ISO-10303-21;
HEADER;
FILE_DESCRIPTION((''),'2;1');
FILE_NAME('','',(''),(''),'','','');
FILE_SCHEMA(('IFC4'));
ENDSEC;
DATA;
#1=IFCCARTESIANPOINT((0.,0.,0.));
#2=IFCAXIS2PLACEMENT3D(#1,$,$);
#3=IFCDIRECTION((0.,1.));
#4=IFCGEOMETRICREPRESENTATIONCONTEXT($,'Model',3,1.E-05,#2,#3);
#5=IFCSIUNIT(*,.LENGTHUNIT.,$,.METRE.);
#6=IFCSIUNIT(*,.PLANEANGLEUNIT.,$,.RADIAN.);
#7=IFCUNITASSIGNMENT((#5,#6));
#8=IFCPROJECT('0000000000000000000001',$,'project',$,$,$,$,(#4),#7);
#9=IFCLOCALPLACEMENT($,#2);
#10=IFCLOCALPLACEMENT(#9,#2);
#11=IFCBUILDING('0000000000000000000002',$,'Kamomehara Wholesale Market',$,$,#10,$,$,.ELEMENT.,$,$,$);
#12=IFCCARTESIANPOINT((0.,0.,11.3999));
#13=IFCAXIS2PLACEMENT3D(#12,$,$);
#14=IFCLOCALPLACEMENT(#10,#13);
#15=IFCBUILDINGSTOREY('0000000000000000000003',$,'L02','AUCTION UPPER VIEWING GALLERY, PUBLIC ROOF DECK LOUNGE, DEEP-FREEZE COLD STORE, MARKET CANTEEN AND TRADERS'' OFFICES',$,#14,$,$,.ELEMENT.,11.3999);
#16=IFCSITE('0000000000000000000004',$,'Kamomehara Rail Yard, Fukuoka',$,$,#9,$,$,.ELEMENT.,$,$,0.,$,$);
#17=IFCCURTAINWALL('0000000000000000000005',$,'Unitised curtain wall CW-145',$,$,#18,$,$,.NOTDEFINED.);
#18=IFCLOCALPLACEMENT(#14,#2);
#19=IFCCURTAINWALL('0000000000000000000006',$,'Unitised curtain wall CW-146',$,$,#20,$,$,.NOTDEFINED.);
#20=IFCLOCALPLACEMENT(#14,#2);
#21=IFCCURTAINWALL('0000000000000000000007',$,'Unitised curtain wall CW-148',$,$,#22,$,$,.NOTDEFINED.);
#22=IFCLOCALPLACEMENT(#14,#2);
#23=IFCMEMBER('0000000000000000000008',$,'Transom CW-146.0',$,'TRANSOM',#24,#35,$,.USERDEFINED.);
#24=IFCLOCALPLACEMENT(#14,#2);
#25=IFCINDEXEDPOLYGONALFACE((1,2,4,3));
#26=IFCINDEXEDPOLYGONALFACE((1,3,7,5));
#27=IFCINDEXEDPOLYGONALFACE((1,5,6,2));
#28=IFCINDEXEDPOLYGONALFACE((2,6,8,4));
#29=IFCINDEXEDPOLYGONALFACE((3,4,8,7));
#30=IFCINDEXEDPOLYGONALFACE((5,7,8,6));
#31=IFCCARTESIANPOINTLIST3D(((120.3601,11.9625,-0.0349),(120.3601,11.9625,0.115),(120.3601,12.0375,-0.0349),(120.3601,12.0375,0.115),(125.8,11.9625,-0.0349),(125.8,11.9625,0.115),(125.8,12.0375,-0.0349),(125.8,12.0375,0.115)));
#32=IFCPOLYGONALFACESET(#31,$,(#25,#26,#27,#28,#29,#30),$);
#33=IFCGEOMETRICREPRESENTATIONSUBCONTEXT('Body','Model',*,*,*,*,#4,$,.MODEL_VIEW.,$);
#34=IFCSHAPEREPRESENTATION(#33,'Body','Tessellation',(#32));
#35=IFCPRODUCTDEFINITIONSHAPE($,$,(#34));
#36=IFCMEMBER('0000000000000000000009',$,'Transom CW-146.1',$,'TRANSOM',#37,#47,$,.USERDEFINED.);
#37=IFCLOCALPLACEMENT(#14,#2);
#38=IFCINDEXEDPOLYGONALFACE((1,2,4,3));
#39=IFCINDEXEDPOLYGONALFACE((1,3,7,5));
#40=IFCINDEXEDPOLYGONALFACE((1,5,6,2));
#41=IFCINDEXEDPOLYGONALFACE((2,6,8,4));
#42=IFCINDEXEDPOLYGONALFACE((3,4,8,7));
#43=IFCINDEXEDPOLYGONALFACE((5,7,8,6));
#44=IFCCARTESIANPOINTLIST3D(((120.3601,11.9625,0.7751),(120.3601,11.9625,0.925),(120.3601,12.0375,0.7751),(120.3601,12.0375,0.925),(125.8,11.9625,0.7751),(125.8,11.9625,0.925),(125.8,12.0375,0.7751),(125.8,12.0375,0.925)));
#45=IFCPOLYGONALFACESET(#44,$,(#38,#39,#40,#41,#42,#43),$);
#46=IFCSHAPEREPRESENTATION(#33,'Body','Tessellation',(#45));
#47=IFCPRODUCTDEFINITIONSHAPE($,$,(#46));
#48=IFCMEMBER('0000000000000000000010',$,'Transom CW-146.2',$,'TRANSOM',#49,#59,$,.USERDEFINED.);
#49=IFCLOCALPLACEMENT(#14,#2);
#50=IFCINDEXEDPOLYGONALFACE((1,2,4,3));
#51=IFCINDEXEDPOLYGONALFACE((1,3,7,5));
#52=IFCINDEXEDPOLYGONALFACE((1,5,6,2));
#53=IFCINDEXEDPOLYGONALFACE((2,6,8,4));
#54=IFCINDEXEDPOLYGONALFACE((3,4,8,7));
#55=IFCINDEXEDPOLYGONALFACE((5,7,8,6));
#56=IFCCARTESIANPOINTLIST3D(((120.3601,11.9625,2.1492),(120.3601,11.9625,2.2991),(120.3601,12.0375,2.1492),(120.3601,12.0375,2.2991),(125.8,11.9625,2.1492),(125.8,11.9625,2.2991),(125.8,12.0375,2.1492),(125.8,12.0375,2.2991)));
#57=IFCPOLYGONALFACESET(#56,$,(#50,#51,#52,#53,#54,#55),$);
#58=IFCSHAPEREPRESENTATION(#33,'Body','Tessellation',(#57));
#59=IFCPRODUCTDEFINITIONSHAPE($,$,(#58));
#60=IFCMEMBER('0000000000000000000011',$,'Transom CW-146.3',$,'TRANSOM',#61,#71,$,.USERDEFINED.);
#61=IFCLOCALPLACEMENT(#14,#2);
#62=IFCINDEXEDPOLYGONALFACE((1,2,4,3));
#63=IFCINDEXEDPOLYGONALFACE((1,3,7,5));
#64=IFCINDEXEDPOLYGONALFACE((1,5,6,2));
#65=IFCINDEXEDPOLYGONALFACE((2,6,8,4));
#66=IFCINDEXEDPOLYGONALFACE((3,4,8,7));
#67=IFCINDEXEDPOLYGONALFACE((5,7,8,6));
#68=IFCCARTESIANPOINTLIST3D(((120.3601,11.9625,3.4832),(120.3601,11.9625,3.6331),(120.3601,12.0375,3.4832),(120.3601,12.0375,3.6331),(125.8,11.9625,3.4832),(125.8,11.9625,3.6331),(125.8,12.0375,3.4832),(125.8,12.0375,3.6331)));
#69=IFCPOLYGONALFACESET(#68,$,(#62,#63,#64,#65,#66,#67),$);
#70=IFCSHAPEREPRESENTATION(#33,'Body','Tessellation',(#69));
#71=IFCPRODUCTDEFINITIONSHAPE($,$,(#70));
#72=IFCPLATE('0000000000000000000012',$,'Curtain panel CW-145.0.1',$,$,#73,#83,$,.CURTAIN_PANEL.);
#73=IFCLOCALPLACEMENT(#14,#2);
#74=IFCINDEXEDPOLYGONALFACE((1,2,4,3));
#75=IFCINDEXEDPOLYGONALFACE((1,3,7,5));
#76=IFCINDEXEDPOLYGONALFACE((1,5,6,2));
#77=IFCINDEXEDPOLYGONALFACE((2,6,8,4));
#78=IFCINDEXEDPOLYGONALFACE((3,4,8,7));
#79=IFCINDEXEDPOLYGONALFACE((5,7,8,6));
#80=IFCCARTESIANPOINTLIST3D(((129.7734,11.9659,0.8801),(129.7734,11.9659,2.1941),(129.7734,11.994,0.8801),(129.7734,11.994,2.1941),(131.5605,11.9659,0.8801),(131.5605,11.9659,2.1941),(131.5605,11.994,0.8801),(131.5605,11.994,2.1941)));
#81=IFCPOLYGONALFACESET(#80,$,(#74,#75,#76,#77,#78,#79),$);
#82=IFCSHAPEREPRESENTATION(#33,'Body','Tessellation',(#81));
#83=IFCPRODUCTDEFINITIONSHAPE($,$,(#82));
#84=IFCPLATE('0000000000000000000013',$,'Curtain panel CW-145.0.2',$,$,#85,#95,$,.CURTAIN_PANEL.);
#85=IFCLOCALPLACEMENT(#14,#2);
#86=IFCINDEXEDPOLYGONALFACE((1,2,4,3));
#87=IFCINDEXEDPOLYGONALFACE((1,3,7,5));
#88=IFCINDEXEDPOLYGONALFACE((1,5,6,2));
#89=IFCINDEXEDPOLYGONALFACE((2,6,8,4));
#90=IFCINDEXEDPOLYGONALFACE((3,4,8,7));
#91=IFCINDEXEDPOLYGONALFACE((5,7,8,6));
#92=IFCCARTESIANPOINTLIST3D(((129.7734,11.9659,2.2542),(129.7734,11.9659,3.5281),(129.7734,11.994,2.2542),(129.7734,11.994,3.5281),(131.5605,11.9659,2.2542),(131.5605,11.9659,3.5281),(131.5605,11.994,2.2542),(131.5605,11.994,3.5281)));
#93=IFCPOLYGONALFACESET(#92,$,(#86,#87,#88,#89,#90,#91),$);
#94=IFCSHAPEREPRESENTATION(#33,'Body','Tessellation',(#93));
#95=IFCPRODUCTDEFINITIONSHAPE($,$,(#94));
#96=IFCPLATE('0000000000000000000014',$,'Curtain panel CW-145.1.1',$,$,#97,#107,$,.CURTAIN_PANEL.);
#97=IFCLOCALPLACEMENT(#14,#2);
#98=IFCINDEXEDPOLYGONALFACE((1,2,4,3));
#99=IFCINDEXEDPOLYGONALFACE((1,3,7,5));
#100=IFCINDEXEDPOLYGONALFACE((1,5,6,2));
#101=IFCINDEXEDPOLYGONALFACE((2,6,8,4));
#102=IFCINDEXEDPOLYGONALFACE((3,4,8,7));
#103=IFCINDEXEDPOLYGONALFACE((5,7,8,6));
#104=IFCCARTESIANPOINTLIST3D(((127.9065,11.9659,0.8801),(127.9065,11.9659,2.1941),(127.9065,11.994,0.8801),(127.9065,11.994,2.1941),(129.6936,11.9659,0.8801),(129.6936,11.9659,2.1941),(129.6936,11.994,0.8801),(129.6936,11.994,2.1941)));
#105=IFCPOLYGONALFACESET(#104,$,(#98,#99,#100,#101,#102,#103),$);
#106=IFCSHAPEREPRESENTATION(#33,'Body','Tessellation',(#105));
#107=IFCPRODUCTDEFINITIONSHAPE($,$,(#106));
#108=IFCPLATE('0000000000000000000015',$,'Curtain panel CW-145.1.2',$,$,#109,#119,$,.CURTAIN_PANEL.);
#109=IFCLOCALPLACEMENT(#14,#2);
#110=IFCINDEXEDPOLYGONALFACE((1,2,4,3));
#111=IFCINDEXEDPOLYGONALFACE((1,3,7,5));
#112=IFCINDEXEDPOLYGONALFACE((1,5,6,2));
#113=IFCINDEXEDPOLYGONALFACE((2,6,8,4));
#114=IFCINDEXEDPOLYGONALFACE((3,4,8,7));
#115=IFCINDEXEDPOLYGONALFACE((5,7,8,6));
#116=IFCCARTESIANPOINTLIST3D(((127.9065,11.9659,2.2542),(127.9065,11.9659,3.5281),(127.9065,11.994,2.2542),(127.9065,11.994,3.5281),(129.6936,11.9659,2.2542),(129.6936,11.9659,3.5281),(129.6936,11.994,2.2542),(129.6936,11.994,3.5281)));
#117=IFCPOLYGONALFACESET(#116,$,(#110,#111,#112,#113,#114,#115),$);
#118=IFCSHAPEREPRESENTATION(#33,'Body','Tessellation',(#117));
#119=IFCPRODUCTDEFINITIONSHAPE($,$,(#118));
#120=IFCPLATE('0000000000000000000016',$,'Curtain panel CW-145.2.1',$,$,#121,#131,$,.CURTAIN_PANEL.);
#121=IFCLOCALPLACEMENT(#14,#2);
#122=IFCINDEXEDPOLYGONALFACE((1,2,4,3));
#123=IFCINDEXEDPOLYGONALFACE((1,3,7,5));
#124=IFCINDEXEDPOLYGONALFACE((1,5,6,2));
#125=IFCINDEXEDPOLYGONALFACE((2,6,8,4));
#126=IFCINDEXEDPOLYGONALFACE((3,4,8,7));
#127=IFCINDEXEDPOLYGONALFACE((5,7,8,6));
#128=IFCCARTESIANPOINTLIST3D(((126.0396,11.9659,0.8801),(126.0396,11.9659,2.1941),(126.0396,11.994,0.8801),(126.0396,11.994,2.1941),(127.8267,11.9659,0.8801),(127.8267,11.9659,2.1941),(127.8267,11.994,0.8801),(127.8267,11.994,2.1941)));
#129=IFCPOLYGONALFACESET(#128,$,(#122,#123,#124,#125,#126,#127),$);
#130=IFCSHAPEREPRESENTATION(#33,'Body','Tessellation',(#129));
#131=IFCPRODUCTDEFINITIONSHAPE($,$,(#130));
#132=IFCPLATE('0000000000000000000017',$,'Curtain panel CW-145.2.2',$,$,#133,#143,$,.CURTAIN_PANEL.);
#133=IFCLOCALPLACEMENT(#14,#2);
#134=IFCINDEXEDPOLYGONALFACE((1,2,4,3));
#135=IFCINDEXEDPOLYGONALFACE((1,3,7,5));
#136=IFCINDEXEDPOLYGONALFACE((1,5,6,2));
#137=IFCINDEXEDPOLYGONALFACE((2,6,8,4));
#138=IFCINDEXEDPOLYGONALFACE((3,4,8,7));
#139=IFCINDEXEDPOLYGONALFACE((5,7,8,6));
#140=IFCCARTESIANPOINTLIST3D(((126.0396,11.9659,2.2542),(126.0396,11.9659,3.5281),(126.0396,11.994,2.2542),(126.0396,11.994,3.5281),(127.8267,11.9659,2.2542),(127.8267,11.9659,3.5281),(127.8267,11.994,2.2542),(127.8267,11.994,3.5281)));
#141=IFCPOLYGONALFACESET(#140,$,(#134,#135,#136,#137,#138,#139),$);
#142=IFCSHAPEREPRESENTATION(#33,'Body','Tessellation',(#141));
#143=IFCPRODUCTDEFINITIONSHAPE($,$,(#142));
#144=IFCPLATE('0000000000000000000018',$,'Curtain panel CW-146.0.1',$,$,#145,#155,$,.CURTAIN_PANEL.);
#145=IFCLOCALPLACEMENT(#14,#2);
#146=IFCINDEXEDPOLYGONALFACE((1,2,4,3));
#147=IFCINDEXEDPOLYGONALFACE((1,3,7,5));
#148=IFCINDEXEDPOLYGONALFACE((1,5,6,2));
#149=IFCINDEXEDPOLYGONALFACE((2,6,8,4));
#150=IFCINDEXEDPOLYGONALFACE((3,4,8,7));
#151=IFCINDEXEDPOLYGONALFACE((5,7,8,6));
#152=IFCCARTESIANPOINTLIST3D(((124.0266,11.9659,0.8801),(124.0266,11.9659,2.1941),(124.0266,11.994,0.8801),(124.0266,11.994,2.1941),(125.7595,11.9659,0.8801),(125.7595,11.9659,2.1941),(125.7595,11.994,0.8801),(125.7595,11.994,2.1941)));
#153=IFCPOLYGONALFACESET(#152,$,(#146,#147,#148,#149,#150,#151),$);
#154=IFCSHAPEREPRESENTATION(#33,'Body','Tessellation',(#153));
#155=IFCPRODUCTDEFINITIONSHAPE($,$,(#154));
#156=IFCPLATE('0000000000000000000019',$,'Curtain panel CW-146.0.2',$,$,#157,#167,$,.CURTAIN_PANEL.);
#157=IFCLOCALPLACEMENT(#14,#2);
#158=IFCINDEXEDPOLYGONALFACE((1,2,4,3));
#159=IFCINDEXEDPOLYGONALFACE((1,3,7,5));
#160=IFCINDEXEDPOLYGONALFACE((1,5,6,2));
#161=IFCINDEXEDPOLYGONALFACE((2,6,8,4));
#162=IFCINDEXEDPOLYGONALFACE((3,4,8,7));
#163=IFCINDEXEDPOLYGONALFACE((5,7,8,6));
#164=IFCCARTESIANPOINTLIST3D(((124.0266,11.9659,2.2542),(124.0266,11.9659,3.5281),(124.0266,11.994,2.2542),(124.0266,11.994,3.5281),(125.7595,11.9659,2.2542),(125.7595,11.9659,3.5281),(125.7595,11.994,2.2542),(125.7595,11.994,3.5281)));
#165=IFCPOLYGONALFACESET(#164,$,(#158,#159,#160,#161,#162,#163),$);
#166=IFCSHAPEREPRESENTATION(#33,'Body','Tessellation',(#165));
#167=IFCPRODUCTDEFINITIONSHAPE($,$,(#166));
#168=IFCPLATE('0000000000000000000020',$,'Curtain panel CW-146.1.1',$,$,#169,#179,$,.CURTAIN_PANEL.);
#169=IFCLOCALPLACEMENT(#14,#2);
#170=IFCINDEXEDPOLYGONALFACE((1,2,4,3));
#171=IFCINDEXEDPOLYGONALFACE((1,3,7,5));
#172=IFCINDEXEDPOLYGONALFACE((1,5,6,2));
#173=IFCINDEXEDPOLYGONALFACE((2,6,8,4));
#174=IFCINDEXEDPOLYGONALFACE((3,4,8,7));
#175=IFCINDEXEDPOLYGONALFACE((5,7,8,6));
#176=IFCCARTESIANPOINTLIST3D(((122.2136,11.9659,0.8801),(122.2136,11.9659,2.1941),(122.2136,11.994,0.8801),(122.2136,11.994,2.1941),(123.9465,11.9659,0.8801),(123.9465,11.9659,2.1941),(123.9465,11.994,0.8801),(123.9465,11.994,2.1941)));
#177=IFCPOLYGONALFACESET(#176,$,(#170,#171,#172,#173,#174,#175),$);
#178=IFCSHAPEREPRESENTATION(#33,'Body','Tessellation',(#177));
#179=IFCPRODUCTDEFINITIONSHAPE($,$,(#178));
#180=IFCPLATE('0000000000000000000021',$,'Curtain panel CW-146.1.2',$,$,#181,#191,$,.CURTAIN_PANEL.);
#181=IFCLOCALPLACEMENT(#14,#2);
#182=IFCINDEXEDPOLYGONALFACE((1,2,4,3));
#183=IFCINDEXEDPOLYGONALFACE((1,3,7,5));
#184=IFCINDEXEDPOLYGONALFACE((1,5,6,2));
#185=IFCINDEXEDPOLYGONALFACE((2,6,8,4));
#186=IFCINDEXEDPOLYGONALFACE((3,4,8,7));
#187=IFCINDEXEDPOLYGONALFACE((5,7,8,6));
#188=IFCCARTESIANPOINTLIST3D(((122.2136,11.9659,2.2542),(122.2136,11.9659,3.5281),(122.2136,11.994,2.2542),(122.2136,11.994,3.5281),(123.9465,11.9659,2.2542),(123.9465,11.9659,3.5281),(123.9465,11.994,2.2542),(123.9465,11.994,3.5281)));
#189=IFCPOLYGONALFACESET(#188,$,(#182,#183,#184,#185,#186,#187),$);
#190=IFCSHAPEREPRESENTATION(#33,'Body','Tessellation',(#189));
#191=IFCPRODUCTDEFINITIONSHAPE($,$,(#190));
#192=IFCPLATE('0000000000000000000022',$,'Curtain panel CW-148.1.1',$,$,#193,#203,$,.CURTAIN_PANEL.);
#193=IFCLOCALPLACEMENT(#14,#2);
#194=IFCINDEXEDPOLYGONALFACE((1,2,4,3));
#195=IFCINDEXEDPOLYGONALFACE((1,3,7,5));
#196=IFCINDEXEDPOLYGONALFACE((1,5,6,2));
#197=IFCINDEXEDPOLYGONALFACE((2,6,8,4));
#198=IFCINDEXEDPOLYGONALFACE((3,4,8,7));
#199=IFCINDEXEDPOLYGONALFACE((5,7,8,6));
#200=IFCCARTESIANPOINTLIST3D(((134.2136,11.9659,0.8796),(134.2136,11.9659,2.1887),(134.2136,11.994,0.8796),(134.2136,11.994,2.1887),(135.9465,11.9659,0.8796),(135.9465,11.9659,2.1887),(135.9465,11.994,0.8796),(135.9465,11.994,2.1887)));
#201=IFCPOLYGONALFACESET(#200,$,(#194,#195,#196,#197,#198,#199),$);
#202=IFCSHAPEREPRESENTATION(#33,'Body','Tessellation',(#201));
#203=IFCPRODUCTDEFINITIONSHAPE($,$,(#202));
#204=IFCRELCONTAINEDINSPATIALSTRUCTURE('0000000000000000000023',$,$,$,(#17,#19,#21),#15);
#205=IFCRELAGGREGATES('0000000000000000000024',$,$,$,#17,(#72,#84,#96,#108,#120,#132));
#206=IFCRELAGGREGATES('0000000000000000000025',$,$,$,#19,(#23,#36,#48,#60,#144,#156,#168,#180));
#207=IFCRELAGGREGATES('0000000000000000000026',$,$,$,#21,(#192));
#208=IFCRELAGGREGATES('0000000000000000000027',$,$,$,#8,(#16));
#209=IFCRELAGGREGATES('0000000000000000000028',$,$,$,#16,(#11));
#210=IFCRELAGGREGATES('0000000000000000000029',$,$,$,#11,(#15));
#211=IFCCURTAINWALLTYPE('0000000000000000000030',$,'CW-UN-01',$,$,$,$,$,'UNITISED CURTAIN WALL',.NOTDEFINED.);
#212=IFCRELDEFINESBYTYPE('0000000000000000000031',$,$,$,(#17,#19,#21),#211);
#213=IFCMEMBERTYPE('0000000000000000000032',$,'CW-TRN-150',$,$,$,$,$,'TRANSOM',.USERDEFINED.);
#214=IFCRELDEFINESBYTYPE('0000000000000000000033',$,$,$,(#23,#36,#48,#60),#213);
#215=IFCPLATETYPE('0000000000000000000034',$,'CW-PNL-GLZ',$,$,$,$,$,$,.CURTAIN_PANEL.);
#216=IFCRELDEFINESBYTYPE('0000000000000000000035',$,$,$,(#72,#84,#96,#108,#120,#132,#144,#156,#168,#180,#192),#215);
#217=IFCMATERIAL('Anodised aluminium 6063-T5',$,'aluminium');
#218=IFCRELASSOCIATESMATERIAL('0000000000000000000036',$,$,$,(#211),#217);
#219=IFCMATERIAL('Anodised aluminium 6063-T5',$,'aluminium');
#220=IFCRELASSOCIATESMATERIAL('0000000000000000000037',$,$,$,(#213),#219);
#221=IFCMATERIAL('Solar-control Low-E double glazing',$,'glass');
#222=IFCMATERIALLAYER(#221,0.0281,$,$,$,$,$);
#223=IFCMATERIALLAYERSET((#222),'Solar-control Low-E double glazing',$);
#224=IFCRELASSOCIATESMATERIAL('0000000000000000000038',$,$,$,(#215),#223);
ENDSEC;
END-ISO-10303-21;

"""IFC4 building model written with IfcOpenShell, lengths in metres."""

from ifc_helpers import new_model, si_unit, direction, frame, origin, origin_2d, place, context, subcontext, project, spatial, rectangle, extrude, material, layer, layer_set, material_profile, profile_set, type_object, element, aggregate, save


model = new_model("IFC4")

# Units and contexts
model_context = context("Model", 3, precision=1e-05, world=origin(), true_north=direction((0.0, 1.0)))
body_context = subcontext(model_context, "Body", "Model", "MODEL_VIEW")
ifc_project = project(units=[si_unit("LENGTHUNIT", "METRE"), si_unit("PLANEANGLEUNIT", "RADIAN")], contexts=[model_context])

# Site, building, storey
site_placement = place(None, origin())
site = spatial("IfcSite", under=ifc_project, at=site_placement, Name="Kamomehara Rail Yard, Fukuoka", CompositionType="ELEMENT", RefElevation=0.0)
building_placement = place(site_placement, origin())
building = spatial("IfcBuilding", under=site, at=building_placement, Name="Kamomehara Wholesale Market", CompositionType="ELEMENT")
storey_placement = place(building_placement, frame((0.0, 0.0, 11.3999)))
storey = spatial("IfcBuildingStorey", under=building, at=storey_placement, Name="L02", Description="AUCTION UPPER VIEWING GALLERY, PUBLIC ROOF DECK LOUNGE, DEEP-FREEZE COLD STORE, MARKET CANTEEN AND TRADERS' OFFICES", CompositionType="ELEMENT", Elevation=11.3999)

# Curtain walls
ifc_material_1 = material(Name="Anodised aluminium 6063-T5", Category="aluminium")
curtain_wall_type = type_object("IfcCurtainWallType", Name="CW-UN-01", ElementType="UNITISED CURTAIN WALL", PredefinedType="NOTDEFINED", material=ifc_material_1)
curtain_wall_1_placement = place(storey_placement, origin())
curtain_wall_1 = element("IfcCurtainWall", 1, at=curtain_wall_1_placement, inside=storey, type_object=curtain_wall_type, Name="Unitised curtain wall CW-145", PredefinedType="NOTDEFINED")
curtain_wall_2_placement = place(storey_placement, origin())
curtain_wall_2 = element("IfcCurtainWall", 2, at=curtain_wall_2_placement, inside=storey, type_object=curtain_wall_type, Name="Unitised curtain wall CW-146", PredefinedType="NOTDEFINED")
curtain_wall_3_placement = place(storey_placement, origin())
curtain_wall_3 = element("IfcCurtainWall", 3, at=curtain_wall_3_placement, inside=storey, type_object=curtain_wall_type, Name="Unitised curtain wall CW-148", PredefinedType="NOTDEFINED")

# Members
ifc_material_2 = material(Name="Anodised aluminium 6063-T5", Category="aluminium")
ifc_material_profile_1 = material_profile(ifc_material_2, rectangle(XDim=0.075, YDim=0.1499, at=origin_2d()), Name="ALU-TRN-75x150")
ifc_profile_set_1 = profile_set([ifc_material_profile_1], Name="Anodised aluminium 6063-T5")
member_type_1 = type_object("IfcMemberType", Name="CW-TRN-150", ElementType="TRANSOM", PredefinedType="USERDEFINED", material=ifc_profile_set_1)
member_1_placement = place(storey_placement, frame((125.8, 12.0, 0.04), z_axis=(-1.0, 0.0, 0.0), x_axis=(0.0, -1.0, 0.0)))
member_1 = element("IfcMember", 4, at=member_1_placement, type_object=member_type_1, Name="Transom CW-146.0", ObjectType="TRANSOM", PredefinedType="USERDEFINED", context=body_context, shape_type="SweptSolid", body=[
    extrude(rectangle(XDim=0.075, YDim=0.1499, at=origin_2d()), origin(), (0.0, 0.0, 1.0), 5.4399),
])
member_2_placement = place(storey_placement, frame((125.8, 12.0, 0.8501), z_axis=(-1.0, 0.0, 0.0), x_axis=(0.0, -1.0, 0.0)))
member_2 = element("IfcMember", 5, at=member_2_placement, type_object=member_type_1, Name="Transom CW-146.1", ObjectType="TRANSOM", PredefinedType="USERDEFINED", context=body_context, shape_type="SweptSolid", body=[
    extrude(rectangle(XDim=0.075, YDim=0.1499, at=origin_2d()), origin(), (0.0, 0.0, 1.0), 5.4399),
])
member_3_placement = place(storey_placement, frame((125.8, 12.0, 2.2241), z_axis=(-1.0, 0.0, 0.0), x_axis=(0.0, -1.0, 0.0)))
member_3 = element("IfcMember", 6, at=member_3_placement, type_object=member_type_1, Name="Transom CW-146.2", ObjectType="TRANSOM", PredefinedType="USERDEFINED", context=body_context, shape_type="SweptSolid", body=[
    extrude(rectangle(XDim=0.075, YDim=0.1499, at=origin_2d()), origin(), (0.0, 0.0, 1.0), 5.4399),
])
member_4_placement = place(storey_placement, frame((125.8, 12.0, 3.5581), z_axis=(-1.0, 0.0, 0.0), x_axis=(0.0, -1.0, 0.0)))
member_4 = element("IfcMember", 7, at=member_4_placement, type_object=member_type_1, Name="Transom CW-146.3", ObjectType="TRANSOM", PredefinedType="USERDEFINED", context=body_context, shape_type="SweptSolid", body=[
    extrude(rectangle(XDim=0.075, YDim=0.1499, at=origin_2d()), origin(), (0.0, 0.0, 1.0), 5.4399),
])

# Plates
ifc_material_3 = material(Name="Solar-control Low-E double glazing", Category="glass")
ifc_layer_1 = layer(ifc_material_3, 0.0281)
ifc_layer_set_1 = layer_set([ifc_layer_1], Name="Solar-control Low-E double glazing")
plate_type_1 = type_object("IfcPlateType", Name="CW-PNL-GLZ", PredefinedType="CURTAIN_PANEL", material=ifc_layer_set_1)
plate_1_placement = place(storey_placement, frame((130.667, 11.98, 0.8801), z_axis=(0.0, 0.0, 1.0), x_axis=(-1.0, 0.0, 0.0)))
plate_1 = element("IfcPlate", 8, at=plate_1_placement, type_object=plate_type_1, Name="Curtain panel CW-145.0.1", PredefinedType="CURTAIN_PANEL", context=body_context, shape_type="SweptSolid", body=[
    extrude(rectangle(XDim=1.7871, YDim=0.0281, at=origin_2d()), origin(), (0.0, 0.0, 1.0), 1.314),
])
plate_2_placement = place(storey_placement, frame((130.667, 11.98, 2.2542), z_axis=(0.0, 0.0, 1.0), x_axis=(-1.0, 0.0, 0.0)))
plate_2 = element("IfcPlate", 9, at=plate_2_placement, type_object=plate_type_1, Name="Curtain panel CW-145.0.2", PredefinedType="CURTAIN_PANEL", context=body_context, shape_type="SweptSolid", body=[
    extrude(rectangle(XDim=1.7871, YDim=0.0281, at=origin_2d()), origin(), (0.0, 0.0, 1.0), 1.2739),
])
plate_3_placement = place(storey_placement, frame((128.8, 11.98, 0.8801), z_axis=(0.0, 0.0, 1.0), x_axis=(-1.0, 0.0, 0.0)))
plate_3 = element("IfcPlate", 10, at=plate_3_placement, type_object=plate_type_1, Name="Curtain panel CW-145.1.1", PredefinedType="CURTAIN_PANEL", context=body_context, shape_type="SweptSolid", body=[
    extrude(rectangle(XDim=1.7871, YDim=0.0281, at=origin_2d()), origin(), (0.0, 0.0, 1.0), 1.314),
])
plate_4_placement = place(storey_placement, frame((128.8, 11.98, 2.2542), z_axis=(0.0, 0.0, 1.0), x_axis=(-1.0, 0.0, 0.0)))
plate_4 = element("IfcPlate", 11, at=plate_4_placement, type_object=plate_type_1, Name="Curtain panel CW-145.1.2", PredefinedType="CURTAIN_PANEL", context=body_context, shape_type="SweptSolid", body=[
    extrude(rectangle(XDim=1.7871, YDim=0.0281, at=origin_2d()), origin(), (0.0, 0.0, 1.0), 1.2739),
])
plate_5_placement = place(storey_placement, frame((126.9331, 11.98, 0.8801), z_axis=(0.0, 0.0, 1.0), x_axis=(-1.0, 0.0, 0.0)))
plate_5 = element("IfcPlate", 12, at=plate_5_placement, type_object=plate_type_1, Name="Curtain panel CW-145.2.1", PredefinedType="CURTAIN_PANEL", context=body_context, shape_type="SweptSolid", body=[
    extrude(rectangle(XDim=1.7871, YDim=0.0281, at=origin_2d()), origin(), (0.0, 0.0, 1.0), 1.314),
])
plate_6_placement = place(storey_placement, frame((126.9331, 11.98, 2.2542), z_axis=(0.0, 0.0, 1.0), x_axis=(-1.0, 0.0, 0.0)))
plate_6 = element("IfcPlate", 13, at=plate_6_placement, type_object=plate_type_1, Name="Curtain panel CW-145.2.2", PredefinedType="CURTAIN_PANEL", context=body_context, shape_type="SweptSolid", body=[
    extrude(rectangle(XDim=1.7871, YDim=0.0281, at=origin_2d()), origin(), (0.0, 0.0, 1.0), 1.2739),
])
plate_7_placement = place(storey_placement, frame((124.8931, 11.98, 0.8801), z_axis=(0.0, 0.0, 1.0), x_axis=(-1.0, 0.0, 0.0)))
plate_7 = element("IfcPlate", 14, at=plate_7_placement, type_object=plate_type_1, Name="Curtain panel CW-146.0.1", PredefinedType="CURTAIN_PANEL", context=body_context, shape_type="SweptSolid", body=[
    extrude(rectangle(XDim=1.7329, YDim=0.0281, at=origin_2d()), origin(), (0.0, 0.0, 1.0), 1.314),
])
plate_8_placement = place(storey_placement, frame((124.8931, 11.98, 2.2542), z_axis=(0.0, 0.0, 1.0), x_axis=(-1.0, 0.0, 0.0)))
plate_8 = element("IfcPlate", 15, at=plate_8_placement, type_object=plate_type_1, Name="Curtain panel CW-146.0.2", PredefinedType="CURTAIN_PANEL", context=body_context, shape_type="SweptSolid", body=[
    extrude(rectangle(XDim=1.7329, YDim=0.0281, at=origin_2d()), origin(), (0.0, 0.0, 1.0), 1.2739),
])
plate_9_placement = place(storey_placement, frame((123.0801, 11.98, 0.8801), z_axis=(0.0, 0.0, 1.0), x_axis=(-1.0, 0.0, 0.0)))
plate_9 = element("IfcPlate", 16, at=plate_9_placement, type_object=plate_type_1, Name="Curtain panel CW-146.1.1", PredefinedType="CURTAIN_PANEL", context=body_context, shape_type="SweptSolid", body=[
    extrude(rectangle(XDim=1.7329, YDim=0.0281, at=origin_2d()), origin(), (0.0, 0.0, 1.0), 1.314),
])
plate_10_placement = place(storey_placement, frame((123.0801, 11.98, 2.2542), z_axis=(0.0, 0.0, 1.0), x_axis=(-1.0, 0.0, 0.0)))
plate_10 = element("IfcPlate", 17, at=plate_10_placement, type_object=plate_type_1, Name="Curtain panel CW-146.1.2", PredefinedType="CURTAIN_PANEL", context=body_context, shape_type="SweptSolid", body=[
    extrude(rectangle(XDim=1.7329, YDim=0.0281, at=origin_2d()), origin(), (0.0, 0.0, 1.0), 1.2739),
])
plate_11_placement = place(storey_placement, frame((135.0801, 11.98, 0.8796), z_axis=(0.0, 0.0, 1.0), x_axis=(-1.0, 0.0, 0.0)))
plate_11 = element("IfcPlate", 18, at=plate_11_placement, type_object=plate_type_1, Name="Curtain panel CW-148.1.1", PredefinedType="CURTAIN_PANEL", context=body_context, shape_type="SweptSolid", body=[
    extrude(rectangle(XDim=1.7329, YDim=0.0281, at=origin_2d()), origin(), (0.0, 0.0, 1.0), 1.3091),
])
aggregate(curtain_wall_1, [plate_1, plate_2, plate_3, plate_4, plate_5, plate_6])
aggregate(curtain_wall_2, [member_1, member_2, member_3, member_4, plate_7, plate_8, plate_9, plate_10])
aggregate(curtain_wall_3, [plate_11])

save(model, "model.ifc")
